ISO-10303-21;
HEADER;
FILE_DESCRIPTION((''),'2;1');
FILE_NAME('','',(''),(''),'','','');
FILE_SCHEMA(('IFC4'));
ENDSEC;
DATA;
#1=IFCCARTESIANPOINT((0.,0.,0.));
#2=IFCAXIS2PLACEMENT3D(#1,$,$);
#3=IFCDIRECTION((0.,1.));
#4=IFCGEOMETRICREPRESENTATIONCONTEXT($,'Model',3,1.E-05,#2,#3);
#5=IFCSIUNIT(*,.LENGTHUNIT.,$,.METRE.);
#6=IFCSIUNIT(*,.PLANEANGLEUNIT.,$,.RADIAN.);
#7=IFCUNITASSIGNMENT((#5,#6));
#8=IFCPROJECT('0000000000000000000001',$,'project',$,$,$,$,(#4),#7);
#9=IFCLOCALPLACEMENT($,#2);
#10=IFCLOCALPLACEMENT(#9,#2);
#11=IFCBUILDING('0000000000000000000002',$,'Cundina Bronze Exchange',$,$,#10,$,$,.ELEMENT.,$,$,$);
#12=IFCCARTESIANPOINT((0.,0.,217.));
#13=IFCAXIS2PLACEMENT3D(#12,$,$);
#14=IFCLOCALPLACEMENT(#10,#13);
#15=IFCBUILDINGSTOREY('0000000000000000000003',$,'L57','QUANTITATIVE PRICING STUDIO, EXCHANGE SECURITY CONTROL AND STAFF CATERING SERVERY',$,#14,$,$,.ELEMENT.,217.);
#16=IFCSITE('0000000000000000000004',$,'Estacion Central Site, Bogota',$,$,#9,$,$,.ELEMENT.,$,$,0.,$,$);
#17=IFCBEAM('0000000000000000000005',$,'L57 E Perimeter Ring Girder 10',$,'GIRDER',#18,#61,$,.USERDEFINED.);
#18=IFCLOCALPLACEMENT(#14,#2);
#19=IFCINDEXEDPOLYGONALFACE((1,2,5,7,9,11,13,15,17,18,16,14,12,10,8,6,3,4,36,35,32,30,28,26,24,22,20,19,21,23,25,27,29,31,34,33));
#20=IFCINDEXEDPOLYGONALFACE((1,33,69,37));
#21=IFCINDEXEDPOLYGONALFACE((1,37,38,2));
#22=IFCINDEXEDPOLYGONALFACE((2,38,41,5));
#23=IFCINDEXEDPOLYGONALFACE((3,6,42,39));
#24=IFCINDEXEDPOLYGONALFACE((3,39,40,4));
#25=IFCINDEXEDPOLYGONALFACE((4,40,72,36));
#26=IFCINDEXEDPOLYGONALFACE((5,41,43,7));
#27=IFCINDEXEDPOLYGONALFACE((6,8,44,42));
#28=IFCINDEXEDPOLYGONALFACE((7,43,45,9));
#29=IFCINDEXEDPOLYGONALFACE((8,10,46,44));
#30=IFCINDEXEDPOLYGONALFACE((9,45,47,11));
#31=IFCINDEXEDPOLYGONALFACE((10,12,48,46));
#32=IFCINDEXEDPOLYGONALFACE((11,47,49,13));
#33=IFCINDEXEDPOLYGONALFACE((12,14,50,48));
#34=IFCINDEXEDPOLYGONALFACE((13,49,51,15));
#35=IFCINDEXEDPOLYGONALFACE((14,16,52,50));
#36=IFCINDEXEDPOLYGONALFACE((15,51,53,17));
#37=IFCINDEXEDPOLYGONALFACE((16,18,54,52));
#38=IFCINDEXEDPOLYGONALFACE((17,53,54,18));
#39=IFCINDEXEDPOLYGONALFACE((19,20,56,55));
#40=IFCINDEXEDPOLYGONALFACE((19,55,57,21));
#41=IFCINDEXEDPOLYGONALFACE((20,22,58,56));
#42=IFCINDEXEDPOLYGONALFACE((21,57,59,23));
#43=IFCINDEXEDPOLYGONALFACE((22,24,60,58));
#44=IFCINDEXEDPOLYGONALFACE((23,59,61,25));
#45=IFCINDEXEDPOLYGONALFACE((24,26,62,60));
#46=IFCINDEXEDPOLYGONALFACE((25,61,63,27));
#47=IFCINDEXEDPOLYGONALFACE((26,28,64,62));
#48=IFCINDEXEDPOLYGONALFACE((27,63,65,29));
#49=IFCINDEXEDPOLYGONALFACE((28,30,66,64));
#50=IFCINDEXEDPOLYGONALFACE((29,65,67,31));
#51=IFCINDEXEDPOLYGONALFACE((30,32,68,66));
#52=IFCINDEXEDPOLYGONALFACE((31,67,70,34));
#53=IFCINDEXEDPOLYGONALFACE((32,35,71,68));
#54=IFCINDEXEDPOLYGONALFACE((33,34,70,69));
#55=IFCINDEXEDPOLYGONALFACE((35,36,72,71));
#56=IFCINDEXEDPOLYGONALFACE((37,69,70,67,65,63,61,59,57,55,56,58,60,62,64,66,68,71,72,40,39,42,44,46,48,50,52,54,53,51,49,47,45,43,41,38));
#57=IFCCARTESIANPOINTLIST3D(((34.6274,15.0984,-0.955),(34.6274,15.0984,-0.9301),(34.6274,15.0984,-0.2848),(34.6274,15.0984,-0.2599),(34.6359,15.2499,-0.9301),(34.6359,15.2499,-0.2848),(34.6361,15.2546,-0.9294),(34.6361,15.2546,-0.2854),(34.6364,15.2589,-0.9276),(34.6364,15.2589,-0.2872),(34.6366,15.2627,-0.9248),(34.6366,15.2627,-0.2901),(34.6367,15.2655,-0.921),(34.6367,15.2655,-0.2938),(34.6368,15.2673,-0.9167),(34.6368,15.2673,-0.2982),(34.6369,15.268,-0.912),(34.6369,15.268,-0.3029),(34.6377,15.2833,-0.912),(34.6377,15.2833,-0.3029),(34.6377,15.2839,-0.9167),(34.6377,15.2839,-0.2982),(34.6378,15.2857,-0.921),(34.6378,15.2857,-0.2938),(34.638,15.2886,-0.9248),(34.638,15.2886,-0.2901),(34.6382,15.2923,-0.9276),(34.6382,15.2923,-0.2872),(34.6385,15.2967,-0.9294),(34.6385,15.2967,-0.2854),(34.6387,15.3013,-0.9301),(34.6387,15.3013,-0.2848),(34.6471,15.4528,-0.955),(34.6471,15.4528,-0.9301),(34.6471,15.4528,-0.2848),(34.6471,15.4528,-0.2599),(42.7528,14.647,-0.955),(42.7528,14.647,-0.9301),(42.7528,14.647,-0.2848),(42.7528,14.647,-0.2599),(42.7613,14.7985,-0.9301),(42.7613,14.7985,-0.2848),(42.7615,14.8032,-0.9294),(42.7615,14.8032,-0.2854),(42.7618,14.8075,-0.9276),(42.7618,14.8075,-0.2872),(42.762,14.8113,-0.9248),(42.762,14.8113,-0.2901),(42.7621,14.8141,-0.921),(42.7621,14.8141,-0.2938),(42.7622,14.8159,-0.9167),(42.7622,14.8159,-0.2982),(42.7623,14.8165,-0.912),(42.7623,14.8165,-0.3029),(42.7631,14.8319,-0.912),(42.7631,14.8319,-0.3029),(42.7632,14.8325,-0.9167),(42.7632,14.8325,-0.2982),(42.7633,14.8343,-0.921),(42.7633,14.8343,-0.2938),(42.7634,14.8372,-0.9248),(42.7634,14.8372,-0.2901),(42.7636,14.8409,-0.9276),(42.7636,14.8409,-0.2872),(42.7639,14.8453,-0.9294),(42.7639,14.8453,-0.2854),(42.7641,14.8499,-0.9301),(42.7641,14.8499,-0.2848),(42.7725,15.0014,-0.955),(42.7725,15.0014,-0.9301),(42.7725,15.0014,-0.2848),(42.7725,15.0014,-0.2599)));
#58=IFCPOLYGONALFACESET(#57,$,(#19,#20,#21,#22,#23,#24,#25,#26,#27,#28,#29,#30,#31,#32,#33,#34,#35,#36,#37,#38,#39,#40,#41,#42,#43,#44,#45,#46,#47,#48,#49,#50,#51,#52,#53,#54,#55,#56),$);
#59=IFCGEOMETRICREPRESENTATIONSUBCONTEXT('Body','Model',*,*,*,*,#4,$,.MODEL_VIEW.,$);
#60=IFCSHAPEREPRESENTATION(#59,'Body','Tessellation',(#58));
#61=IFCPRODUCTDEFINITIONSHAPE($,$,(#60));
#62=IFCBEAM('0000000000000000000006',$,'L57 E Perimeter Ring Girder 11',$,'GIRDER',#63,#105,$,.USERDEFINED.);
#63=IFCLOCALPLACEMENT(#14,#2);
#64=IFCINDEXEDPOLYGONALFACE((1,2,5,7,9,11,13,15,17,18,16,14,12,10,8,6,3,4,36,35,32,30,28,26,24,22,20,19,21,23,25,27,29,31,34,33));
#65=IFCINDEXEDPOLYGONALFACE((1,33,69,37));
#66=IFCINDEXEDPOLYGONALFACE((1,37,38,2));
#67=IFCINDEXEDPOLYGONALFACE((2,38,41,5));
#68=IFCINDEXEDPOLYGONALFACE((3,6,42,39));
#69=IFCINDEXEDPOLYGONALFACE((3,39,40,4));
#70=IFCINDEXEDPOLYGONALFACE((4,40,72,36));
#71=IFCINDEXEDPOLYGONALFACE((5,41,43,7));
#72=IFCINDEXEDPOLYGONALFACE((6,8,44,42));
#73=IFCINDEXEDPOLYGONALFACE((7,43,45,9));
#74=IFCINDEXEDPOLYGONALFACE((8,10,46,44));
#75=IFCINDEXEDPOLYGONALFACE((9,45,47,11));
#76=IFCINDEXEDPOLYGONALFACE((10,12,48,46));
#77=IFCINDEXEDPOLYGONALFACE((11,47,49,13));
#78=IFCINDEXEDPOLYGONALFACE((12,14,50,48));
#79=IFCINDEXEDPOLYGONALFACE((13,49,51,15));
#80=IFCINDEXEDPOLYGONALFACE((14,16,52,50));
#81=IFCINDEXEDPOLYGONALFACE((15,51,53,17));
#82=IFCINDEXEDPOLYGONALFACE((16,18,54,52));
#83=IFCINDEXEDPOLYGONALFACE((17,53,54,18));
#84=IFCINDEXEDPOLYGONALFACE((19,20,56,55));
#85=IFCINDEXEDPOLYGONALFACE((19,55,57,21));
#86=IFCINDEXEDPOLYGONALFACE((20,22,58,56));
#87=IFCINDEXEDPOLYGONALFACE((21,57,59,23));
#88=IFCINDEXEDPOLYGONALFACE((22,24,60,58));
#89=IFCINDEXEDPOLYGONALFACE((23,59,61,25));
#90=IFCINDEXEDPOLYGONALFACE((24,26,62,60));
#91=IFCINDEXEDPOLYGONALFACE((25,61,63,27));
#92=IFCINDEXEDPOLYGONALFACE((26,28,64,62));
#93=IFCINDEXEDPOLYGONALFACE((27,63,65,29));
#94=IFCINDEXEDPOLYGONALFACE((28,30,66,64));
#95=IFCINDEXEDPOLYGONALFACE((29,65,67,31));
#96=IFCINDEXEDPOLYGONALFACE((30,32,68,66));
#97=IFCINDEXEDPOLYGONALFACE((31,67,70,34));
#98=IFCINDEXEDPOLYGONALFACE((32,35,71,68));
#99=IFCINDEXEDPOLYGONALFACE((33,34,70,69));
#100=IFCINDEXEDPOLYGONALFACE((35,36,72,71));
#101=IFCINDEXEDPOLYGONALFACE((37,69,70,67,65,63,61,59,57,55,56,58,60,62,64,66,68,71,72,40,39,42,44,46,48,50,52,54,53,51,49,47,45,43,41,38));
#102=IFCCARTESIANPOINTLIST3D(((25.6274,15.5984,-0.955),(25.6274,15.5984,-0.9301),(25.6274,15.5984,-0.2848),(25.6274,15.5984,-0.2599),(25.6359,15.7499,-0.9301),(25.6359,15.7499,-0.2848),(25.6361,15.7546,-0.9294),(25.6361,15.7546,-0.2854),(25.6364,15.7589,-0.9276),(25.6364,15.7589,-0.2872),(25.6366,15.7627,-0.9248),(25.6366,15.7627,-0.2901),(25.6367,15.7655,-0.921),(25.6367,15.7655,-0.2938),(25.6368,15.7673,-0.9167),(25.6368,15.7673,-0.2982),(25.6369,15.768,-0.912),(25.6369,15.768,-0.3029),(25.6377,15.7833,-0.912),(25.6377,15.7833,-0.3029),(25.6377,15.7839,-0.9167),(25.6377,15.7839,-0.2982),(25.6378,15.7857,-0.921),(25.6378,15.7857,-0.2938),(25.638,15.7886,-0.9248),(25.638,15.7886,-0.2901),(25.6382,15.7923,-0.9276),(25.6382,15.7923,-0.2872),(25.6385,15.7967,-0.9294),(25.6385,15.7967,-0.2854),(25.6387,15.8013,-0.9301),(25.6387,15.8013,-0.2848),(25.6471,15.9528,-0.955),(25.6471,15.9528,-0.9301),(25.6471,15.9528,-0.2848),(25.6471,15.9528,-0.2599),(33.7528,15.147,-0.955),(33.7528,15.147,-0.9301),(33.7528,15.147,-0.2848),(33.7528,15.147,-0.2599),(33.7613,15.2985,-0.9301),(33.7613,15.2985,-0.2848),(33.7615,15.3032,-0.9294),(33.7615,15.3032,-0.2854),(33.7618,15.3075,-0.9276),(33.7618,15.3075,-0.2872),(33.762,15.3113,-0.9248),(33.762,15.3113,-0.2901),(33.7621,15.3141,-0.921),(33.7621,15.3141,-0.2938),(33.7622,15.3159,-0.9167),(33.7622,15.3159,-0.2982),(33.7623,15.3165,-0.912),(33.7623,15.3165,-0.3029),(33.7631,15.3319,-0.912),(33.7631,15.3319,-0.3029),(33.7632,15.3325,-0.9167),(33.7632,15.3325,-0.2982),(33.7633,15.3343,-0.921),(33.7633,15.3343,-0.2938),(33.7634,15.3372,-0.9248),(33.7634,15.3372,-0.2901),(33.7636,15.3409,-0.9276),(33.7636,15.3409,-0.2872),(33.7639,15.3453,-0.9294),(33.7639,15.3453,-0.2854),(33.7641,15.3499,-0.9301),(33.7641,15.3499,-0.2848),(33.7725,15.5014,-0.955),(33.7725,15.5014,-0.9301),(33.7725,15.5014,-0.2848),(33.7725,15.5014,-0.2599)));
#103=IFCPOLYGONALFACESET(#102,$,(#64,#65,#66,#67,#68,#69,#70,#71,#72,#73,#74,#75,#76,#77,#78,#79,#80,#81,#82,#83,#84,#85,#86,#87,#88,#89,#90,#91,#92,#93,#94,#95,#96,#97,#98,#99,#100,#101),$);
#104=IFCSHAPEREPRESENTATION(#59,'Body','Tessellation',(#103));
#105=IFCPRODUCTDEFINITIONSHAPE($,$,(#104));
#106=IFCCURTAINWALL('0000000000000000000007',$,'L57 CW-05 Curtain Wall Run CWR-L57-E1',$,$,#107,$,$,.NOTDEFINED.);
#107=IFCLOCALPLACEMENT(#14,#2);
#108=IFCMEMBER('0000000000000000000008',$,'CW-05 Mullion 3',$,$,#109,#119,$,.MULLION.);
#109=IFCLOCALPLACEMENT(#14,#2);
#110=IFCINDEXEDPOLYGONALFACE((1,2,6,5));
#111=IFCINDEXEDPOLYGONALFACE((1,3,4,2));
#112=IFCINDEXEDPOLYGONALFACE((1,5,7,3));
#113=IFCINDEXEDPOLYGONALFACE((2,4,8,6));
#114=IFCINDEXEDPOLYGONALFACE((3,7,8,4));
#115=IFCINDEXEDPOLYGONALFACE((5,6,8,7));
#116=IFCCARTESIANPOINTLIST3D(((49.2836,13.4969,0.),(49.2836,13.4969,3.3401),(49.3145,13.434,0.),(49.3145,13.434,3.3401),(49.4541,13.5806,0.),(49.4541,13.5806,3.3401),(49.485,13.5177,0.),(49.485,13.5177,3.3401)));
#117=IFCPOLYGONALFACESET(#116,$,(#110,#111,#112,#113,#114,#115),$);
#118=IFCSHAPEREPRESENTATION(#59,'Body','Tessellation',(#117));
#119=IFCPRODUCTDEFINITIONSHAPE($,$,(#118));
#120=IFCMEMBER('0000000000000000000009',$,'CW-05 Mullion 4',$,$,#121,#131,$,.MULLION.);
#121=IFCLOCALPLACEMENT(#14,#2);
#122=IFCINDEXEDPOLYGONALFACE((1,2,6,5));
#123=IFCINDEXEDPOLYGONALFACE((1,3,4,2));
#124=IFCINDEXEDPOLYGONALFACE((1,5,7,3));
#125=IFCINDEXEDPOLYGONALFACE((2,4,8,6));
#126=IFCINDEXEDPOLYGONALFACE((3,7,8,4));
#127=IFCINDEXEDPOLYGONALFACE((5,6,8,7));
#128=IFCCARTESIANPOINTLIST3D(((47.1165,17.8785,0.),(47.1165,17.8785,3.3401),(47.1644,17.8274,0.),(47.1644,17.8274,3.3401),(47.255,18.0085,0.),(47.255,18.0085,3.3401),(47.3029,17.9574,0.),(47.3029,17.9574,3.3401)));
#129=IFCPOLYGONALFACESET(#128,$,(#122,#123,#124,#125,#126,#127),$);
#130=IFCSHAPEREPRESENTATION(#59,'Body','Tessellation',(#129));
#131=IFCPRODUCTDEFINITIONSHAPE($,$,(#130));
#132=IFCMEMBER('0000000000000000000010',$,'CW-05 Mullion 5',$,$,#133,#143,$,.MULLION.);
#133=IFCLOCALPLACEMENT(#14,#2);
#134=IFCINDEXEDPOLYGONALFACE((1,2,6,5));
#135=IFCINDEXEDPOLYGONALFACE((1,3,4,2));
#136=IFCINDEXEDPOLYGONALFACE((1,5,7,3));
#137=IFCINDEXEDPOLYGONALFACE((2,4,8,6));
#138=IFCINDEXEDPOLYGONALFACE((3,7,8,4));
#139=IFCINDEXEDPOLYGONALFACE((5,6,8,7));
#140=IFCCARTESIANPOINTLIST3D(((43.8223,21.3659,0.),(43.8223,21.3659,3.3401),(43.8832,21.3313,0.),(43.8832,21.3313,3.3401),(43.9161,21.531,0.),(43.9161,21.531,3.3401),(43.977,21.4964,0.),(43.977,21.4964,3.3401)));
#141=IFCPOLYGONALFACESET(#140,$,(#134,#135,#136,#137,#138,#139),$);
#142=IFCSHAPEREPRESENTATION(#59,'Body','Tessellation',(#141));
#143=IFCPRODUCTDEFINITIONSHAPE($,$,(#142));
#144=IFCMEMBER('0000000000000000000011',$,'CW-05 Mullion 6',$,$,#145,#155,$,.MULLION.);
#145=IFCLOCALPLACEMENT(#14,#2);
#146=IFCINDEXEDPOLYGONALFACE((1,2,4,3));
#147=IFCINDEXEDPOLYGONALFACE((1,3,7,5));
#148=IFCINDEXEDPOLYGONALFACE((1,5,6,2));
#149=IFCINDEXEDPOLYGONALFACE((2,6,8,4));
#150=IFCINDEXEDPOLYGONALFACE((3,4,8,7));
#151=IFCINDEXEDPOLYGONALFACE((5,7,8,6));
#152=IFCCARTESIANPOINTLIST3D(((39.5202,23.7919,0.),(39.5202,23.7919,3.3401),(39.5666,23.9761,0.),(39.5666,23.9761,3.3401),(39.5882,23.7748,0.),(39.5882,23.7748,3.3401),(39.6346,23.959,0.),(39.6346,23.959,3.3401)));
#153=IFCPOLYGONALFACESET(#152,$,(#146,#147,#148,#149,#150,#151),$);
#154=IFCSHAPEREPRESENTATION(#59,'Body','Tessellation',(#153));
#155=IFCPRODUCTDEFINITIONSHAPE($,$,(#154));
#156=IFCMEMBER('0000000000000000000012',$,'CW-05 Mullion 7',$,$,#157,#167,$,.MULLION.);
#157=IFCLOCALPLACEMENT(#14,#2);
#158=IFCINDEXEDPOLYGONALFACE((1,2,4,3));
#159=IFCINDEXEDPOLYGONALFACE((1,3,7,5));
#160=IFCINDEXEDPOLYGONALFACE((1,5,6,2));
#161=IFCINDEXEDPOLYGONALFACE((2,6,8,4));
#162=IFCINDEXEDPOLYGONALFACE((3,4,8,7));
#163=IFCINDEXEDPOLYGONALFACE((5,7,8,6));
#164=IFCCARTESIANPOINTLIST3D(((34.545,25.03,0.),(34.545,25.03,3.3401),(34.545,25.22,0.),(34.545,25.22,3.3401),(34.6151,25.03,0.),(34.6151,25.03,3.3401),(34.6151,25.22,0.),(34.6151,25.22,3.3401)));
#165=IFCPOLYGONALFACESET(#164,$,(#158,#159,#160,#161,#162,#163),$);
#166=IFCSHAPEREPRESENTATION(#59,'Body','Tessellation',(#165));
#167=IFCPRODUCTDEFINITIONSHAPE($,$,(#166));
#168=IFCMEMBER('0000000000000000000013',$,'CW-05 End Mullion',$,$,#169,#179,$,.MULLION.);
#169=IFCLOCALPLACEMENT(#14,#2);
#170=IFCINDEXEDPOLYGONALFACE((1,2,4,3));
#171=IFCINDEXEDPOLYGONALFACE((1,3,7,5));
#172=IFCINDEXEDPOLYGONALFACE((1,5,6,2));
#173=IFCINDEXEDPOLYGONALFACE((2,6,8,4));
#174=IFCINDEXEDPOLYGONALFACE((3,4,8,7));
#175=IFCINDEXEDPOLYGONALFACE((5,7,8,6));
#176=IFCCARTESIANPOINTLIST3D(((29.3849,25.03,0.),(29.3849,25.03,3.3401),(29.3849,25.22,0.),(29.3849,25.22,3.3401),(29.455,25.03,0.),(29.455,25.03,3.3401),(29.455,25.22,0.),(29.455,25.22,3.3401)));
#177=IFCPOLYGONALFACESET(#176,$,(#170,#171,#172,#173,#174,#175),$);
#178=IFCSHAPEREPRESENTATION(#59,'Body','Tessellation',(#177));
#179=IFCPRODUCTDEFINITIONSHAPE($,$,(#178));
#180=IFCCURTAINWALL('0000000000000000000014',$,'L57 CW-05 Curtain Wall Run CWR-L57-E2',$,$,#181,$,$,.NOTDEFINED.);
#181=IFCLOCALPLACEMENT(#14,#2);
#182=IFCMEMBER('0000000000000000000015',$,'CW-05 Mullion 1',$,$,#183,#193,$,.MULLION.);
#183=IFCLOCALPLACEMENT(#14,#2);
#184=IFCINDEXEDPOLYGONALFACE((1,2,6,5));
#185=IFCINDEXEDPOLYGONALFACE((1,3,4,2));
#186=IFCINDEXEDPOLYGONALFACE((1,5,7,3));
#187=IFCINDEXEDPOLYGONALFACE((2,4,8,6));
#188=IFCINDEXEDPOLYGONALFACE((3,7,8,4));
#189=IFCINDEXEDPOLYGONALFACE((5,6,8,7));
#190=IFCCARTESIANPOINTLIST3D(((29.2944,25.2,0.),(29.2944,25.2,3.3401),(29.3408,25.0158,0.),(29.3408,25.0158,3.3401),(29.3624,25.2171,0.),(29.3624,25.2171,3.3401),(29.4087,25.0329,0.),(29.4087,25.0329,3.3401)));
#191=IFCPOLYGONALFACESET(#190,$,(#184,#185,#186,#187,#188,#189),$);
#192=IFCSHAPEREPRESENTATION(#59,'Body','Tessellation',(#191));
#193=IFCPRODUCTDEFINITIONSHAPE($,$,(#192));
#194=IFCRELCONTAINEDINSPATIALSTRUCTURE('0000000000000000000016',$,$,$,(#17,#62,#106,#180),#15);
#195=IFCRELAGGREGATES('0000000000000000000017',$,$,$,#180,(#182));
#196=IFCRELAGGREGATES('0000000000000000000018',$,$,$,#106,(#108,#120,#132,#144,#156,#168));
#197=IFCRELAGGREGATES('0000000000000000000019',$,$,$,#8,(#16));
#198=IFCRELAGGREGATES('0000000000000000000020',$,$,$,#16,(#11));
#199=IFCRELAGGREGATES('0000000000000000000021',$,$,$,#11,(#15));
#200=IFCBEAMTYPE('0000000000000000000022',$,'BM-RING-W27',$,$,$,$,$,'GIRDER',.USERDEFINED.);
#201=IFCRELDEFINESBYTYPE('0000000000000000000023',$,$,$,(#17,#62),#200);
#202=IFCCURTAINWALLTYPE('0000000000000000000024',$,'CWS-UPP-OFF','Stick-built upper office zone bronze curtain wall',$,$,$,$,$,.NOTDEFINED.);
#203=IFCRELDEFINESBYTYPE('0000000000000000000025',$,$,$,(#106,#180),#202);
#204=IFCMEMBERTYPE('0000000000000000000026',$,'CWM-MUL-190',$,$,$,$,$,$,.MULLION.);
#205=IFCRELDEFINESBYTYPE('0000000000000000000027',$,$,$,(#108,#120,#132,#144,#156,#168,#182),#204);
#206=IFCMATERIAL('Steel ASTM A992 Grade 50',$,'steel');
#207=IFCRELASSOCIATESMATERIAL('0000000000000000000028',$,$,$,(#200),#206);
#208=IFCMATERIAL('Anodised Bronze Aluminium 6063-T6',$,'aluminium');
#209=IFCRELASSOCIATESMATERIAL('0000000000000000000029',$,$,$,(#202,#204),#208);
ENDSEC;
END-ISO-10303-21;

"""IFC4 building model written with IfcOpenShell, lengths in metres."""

from ifc_helpers import new_model, si_unit, direction, frame, origin, origin_2d, place, context, subcontext, project, spatial, rectangle, i_section, extrude, material, material_profile, profile_set, type_object, element, aggregate, save


model = new_model("IFC4")

# Units and contexts
model_context = context("Model", 3, precision=1e-05, world=origin(), true_north=direction((0.0, 1.0)))
body_context = subcontext(model_context, "Body", "Model", "MODEL_VIEW")
ifc_project = project(units=[si_unit("LENGTHUNIT", "METRE"), si_unit("PLANEANGLEUNIT", "RADIAN")], contexts=[model_context])

# Site, building, storey
site_placement = place(None, origin())
site = spatial("IfcSite", under=ifc_project, at=site_placement, Name="Estacion Central Site, Bogota", CompositionType="ELEMENT", RefElevation=0.0)
building_placement = place(site_placement, origin())
building = spatial("IfcBuilding", under=site, at=building_placement, Name="Cundina Bronze Exchange", CompositionType="ELEMENT")
storey_placement = place(building_placement, frame((0.0, 0.0, 217.0)))
storey = spatial("IfcBuildingStorey", under=building, at=storey_placement, Name="L57", Description="QUANTITATIVE PRICING STUDIO, EXCHANGE SECURITY CONTROL AND STAFF CATERING SERVERY", CompositionType="ELEMENT", Elevation=217.0)

# Beams
ifc_material_1 = material(Name="Steel ASTM A992 Grade 50", Category="steel")
ifc_material_profile_1 = material_profile(ifc_material_1, i_section(OverallWidth=0.355, OverallDepth=0.6951, WebThickness=0.0154, FlangeThickness=0.0249, FilletRadius=0.0181, at=origin_2d()), Name="W27X146", Category="steel")
ifc_profile_set_1 = profile_set([ifc_material_profile_1], Name="Steel ASTM A992 Grade 50")
beam_type_1 = type_object("IfcBeamType", Name="BM-RING-W27", ElementType="GIRDER", PredefinedType="USERDEFINED", material=ifc_profile_set_1)
for number, where, z_axis, x_axis, name in (
    (1, (42.7627, 14.8242, -0.6074), (-0.99846, 0.05547, 0.0), (-0.05547, -0.99846, 0.0), "L57 E Perimeter Ring Girder 10"),
    (2, (33.7627, 15.3242, -0.6074), (-0.99846, 0.05547, 0.0), (-0.05547, -0.99846, 0.0), "L57 E Perimeter Ring Girder 11"),
):
    element("IfcBeam", number, at=place(storey_placement, frame(where, z_axis=z_axis, x_axis=x_axis)), inside=storey, type_object=beam_type_1, Name=name, ObjectType="GIRDER", PredefinedType="USERDEFINED", context=body_context, shape_type="SweptSolid", body=[
        extrude(i_section(OverallWidth=0.355, OverallDepth=0.6951, WebThickness=0.0154, FlangeThickness=0.0249, FilletRadius=0.0181, at=origin_2d()), origin(), (0.0, 0.0, 1.0), 8.1379),
    ])

# Curtain wall, members
ifc_material_2 = material(Name="Anodised Bronze Aluminium 6063-T6", Category="aluminium")
curtain_wall_type = type_object("IfcCurtainWallType", Name="CWS-UPP-OFF", Description="Stick-built upper office zone bronze curtain wall", PredefinedType="NOTDEFINED", material=ifc_material_2)
curtain_wall_1_placement = place(storey_placement, origin())
curtain_wall_1 = element("IfcCurtainWall", 3, at=curtain_wall_1_placement, inside=storey, type_object=curtain_wall_type, Name="L57 CW-05 Curtain Wall Run CWR-L57-E1", PredefinedType="NOTDEFINED")
ifc_material_profile_2 = material_profile(ifc_material_2, rectangle(XDim=0.0701, YDim=0.1899, at=origin_2d()), Name="AL70X190", Category="aluminium")
ifc_profile_set_2 = profile_set([ifc_material_profile_2], Name="Anodised Bronze Aluminium 6063-T6")
member_type_1 = type_object("IfcMemberType", Name="CWM-MUL-190", PredefinedType="MULLION", material=ifc_profile_set_2)
member_1_placement = place(storey_placement, frame((49.3843, 13.5073, 0.0), z_axis=(0.0, 0.0, 1.0), x_axis=(-0.440566, 0.89772, 0.0)))
member_1 = element("IfcMember", 4, at=member_1_placement, type_object=member_type_1, Name="CW-05 Mullion 3", PredefinedType="MULLION", context=body_context, shape_type="SweptSolid", body=[
    extrude(rectangle(XDim=0.0701, YDim=0.1899, at=origin_2d()), origin(), (0.0, 0.0, 1.0), 3.3401),
])
member_2_placement = place(storey_placement, frame((47.2097, 17.918, 0.0), z_axis=(0.0, 0.0, 1.0), x_axis=(-0.684293, 0.729208, 0.0)))
member_2 = element("IfcMember", 5, at=member_2_placement, type_object=member_type_1, Name="CW-05 Mullion 4", PredefinedType="MULLION", context=body_context, shape_type="SweptSolid", body=[
    extrude(rectangle(XDim=0.0701, YDim=0.1899, at=origin_2d()), origin(), (0.0, 0.0, 1.0), 3.3401),
])
member_3_placement = place(storey_placement, frame((43.8997, 21.4312, 0.0), z_axis=(0.0, 0.0, 1.0), x_axis=(-0.869581, 0.49379, 0.0)))
member_3 = element("IfcMember", 6, at=member_3_placement, type_object=member_type_1, Name="CW-05 Mullion 5", PredefinedType="MULLION", context=body_context, shape_type="SweptSolid", body=[
    extrude(rectangle(XDim=0.0701, YDim=0.1899, at=origin_2d()), origin(), (0.0, 0.0, 1.0), 3.3401),
])
member_4_placement = place(storey_placement, frame((39.5774, 23.8755, 0.0), z_axis=(0.0, 0.0, 1.0), x_axis=(-0.969744, 0.244123, 0.0)))
member_4 = element("IfcMember", 7, at=member_4_placement, type_object=member_type_1, Name="CW-05 Mullion 6", PredefinedType="MULLION", context=body_context, shape_type="SweptSolid", body=[
    extrude(rectangle(XDim=0.0701, YDim=0.1899, at=origin_2d()), origin(), (0.0, 0.0, 1.0), 3.3401),
])
member_5_placement = place(storey_placement, frame((34.5801, 25.125, 0.0), z_axis=(0.0, 0.0, 1.0), x_axis=(-1.0, 0.0, 0.0)))
member_5 = element("IfcMember", 8, at=member_5_placement, type_object=member_type_1, Name="CW-05 Mullion 7", PredefinedType="MULLION", context=body_context, shape_type="SweptSolid", body=[
    extrude(rectangle(XDim=0.0701, YDim=0.1899, at=origin_2d()), origin(), (0.0, 0.0, 1.0), 3.3401),
])
member_6_placement = place(storey_placement, frame((29.4199, 25.125, 0.0), z_axis=(0.0, 0.0, 1.0), x_axis=(-1.0, 0.0, 0.0)))
member_6 = element("IfcMember", 9, at=member_6_placement, type_object=member_type_1, Name="CW-05 End Mullion", PredefinedType="MULLION", context=body_context, shape_type="SweptSolid", body=[
    extrude(rectangle(XDim=0.0701, YDim=0.1899, at=origin_2d()), origin(), (0.0, 0.0, 1.0), 3.3401),
])

# Curtain wall, member
curtain_wall_2_placement = place(storey_placement, origin())
curtain_wall_2 = element("IfcCurtainWall", 10, at=curtain_wall_2_placement, inside=storey, type_object=curtain_wall_type, Name="L57 CW-05 Curtain Wall Run CWR-L57-E2", PredefinedType="NOTDEFINED")
member_7_placement = place(storey_placement, frame((29.3516, 25.1165, 0.0), z_axis=(0.0, 0.0, 1.0), x_axis=(-0.969744, -0.244123, 0.0)))
member_7 = element("IfcMember", 11, at=member_7_placement, type_object=member_type_1, Name="CW-05 Mullion 1", PredefinedType="MULLION", context=body_context, shape_type="SweptSolid", body=[
    extrude(rectangle(XDim=0.0701, YDim=0.1899, at=origin_2d()), origin(), (0.0, 0.0, 1.0), 3.3401),
])

aggregate(curtain_wall_2, [member_7])

aggregate(curtain_wall_1, [member_1, member_2, member_3, member_4, member_5, member_6])

save(model, "model.ifc")
